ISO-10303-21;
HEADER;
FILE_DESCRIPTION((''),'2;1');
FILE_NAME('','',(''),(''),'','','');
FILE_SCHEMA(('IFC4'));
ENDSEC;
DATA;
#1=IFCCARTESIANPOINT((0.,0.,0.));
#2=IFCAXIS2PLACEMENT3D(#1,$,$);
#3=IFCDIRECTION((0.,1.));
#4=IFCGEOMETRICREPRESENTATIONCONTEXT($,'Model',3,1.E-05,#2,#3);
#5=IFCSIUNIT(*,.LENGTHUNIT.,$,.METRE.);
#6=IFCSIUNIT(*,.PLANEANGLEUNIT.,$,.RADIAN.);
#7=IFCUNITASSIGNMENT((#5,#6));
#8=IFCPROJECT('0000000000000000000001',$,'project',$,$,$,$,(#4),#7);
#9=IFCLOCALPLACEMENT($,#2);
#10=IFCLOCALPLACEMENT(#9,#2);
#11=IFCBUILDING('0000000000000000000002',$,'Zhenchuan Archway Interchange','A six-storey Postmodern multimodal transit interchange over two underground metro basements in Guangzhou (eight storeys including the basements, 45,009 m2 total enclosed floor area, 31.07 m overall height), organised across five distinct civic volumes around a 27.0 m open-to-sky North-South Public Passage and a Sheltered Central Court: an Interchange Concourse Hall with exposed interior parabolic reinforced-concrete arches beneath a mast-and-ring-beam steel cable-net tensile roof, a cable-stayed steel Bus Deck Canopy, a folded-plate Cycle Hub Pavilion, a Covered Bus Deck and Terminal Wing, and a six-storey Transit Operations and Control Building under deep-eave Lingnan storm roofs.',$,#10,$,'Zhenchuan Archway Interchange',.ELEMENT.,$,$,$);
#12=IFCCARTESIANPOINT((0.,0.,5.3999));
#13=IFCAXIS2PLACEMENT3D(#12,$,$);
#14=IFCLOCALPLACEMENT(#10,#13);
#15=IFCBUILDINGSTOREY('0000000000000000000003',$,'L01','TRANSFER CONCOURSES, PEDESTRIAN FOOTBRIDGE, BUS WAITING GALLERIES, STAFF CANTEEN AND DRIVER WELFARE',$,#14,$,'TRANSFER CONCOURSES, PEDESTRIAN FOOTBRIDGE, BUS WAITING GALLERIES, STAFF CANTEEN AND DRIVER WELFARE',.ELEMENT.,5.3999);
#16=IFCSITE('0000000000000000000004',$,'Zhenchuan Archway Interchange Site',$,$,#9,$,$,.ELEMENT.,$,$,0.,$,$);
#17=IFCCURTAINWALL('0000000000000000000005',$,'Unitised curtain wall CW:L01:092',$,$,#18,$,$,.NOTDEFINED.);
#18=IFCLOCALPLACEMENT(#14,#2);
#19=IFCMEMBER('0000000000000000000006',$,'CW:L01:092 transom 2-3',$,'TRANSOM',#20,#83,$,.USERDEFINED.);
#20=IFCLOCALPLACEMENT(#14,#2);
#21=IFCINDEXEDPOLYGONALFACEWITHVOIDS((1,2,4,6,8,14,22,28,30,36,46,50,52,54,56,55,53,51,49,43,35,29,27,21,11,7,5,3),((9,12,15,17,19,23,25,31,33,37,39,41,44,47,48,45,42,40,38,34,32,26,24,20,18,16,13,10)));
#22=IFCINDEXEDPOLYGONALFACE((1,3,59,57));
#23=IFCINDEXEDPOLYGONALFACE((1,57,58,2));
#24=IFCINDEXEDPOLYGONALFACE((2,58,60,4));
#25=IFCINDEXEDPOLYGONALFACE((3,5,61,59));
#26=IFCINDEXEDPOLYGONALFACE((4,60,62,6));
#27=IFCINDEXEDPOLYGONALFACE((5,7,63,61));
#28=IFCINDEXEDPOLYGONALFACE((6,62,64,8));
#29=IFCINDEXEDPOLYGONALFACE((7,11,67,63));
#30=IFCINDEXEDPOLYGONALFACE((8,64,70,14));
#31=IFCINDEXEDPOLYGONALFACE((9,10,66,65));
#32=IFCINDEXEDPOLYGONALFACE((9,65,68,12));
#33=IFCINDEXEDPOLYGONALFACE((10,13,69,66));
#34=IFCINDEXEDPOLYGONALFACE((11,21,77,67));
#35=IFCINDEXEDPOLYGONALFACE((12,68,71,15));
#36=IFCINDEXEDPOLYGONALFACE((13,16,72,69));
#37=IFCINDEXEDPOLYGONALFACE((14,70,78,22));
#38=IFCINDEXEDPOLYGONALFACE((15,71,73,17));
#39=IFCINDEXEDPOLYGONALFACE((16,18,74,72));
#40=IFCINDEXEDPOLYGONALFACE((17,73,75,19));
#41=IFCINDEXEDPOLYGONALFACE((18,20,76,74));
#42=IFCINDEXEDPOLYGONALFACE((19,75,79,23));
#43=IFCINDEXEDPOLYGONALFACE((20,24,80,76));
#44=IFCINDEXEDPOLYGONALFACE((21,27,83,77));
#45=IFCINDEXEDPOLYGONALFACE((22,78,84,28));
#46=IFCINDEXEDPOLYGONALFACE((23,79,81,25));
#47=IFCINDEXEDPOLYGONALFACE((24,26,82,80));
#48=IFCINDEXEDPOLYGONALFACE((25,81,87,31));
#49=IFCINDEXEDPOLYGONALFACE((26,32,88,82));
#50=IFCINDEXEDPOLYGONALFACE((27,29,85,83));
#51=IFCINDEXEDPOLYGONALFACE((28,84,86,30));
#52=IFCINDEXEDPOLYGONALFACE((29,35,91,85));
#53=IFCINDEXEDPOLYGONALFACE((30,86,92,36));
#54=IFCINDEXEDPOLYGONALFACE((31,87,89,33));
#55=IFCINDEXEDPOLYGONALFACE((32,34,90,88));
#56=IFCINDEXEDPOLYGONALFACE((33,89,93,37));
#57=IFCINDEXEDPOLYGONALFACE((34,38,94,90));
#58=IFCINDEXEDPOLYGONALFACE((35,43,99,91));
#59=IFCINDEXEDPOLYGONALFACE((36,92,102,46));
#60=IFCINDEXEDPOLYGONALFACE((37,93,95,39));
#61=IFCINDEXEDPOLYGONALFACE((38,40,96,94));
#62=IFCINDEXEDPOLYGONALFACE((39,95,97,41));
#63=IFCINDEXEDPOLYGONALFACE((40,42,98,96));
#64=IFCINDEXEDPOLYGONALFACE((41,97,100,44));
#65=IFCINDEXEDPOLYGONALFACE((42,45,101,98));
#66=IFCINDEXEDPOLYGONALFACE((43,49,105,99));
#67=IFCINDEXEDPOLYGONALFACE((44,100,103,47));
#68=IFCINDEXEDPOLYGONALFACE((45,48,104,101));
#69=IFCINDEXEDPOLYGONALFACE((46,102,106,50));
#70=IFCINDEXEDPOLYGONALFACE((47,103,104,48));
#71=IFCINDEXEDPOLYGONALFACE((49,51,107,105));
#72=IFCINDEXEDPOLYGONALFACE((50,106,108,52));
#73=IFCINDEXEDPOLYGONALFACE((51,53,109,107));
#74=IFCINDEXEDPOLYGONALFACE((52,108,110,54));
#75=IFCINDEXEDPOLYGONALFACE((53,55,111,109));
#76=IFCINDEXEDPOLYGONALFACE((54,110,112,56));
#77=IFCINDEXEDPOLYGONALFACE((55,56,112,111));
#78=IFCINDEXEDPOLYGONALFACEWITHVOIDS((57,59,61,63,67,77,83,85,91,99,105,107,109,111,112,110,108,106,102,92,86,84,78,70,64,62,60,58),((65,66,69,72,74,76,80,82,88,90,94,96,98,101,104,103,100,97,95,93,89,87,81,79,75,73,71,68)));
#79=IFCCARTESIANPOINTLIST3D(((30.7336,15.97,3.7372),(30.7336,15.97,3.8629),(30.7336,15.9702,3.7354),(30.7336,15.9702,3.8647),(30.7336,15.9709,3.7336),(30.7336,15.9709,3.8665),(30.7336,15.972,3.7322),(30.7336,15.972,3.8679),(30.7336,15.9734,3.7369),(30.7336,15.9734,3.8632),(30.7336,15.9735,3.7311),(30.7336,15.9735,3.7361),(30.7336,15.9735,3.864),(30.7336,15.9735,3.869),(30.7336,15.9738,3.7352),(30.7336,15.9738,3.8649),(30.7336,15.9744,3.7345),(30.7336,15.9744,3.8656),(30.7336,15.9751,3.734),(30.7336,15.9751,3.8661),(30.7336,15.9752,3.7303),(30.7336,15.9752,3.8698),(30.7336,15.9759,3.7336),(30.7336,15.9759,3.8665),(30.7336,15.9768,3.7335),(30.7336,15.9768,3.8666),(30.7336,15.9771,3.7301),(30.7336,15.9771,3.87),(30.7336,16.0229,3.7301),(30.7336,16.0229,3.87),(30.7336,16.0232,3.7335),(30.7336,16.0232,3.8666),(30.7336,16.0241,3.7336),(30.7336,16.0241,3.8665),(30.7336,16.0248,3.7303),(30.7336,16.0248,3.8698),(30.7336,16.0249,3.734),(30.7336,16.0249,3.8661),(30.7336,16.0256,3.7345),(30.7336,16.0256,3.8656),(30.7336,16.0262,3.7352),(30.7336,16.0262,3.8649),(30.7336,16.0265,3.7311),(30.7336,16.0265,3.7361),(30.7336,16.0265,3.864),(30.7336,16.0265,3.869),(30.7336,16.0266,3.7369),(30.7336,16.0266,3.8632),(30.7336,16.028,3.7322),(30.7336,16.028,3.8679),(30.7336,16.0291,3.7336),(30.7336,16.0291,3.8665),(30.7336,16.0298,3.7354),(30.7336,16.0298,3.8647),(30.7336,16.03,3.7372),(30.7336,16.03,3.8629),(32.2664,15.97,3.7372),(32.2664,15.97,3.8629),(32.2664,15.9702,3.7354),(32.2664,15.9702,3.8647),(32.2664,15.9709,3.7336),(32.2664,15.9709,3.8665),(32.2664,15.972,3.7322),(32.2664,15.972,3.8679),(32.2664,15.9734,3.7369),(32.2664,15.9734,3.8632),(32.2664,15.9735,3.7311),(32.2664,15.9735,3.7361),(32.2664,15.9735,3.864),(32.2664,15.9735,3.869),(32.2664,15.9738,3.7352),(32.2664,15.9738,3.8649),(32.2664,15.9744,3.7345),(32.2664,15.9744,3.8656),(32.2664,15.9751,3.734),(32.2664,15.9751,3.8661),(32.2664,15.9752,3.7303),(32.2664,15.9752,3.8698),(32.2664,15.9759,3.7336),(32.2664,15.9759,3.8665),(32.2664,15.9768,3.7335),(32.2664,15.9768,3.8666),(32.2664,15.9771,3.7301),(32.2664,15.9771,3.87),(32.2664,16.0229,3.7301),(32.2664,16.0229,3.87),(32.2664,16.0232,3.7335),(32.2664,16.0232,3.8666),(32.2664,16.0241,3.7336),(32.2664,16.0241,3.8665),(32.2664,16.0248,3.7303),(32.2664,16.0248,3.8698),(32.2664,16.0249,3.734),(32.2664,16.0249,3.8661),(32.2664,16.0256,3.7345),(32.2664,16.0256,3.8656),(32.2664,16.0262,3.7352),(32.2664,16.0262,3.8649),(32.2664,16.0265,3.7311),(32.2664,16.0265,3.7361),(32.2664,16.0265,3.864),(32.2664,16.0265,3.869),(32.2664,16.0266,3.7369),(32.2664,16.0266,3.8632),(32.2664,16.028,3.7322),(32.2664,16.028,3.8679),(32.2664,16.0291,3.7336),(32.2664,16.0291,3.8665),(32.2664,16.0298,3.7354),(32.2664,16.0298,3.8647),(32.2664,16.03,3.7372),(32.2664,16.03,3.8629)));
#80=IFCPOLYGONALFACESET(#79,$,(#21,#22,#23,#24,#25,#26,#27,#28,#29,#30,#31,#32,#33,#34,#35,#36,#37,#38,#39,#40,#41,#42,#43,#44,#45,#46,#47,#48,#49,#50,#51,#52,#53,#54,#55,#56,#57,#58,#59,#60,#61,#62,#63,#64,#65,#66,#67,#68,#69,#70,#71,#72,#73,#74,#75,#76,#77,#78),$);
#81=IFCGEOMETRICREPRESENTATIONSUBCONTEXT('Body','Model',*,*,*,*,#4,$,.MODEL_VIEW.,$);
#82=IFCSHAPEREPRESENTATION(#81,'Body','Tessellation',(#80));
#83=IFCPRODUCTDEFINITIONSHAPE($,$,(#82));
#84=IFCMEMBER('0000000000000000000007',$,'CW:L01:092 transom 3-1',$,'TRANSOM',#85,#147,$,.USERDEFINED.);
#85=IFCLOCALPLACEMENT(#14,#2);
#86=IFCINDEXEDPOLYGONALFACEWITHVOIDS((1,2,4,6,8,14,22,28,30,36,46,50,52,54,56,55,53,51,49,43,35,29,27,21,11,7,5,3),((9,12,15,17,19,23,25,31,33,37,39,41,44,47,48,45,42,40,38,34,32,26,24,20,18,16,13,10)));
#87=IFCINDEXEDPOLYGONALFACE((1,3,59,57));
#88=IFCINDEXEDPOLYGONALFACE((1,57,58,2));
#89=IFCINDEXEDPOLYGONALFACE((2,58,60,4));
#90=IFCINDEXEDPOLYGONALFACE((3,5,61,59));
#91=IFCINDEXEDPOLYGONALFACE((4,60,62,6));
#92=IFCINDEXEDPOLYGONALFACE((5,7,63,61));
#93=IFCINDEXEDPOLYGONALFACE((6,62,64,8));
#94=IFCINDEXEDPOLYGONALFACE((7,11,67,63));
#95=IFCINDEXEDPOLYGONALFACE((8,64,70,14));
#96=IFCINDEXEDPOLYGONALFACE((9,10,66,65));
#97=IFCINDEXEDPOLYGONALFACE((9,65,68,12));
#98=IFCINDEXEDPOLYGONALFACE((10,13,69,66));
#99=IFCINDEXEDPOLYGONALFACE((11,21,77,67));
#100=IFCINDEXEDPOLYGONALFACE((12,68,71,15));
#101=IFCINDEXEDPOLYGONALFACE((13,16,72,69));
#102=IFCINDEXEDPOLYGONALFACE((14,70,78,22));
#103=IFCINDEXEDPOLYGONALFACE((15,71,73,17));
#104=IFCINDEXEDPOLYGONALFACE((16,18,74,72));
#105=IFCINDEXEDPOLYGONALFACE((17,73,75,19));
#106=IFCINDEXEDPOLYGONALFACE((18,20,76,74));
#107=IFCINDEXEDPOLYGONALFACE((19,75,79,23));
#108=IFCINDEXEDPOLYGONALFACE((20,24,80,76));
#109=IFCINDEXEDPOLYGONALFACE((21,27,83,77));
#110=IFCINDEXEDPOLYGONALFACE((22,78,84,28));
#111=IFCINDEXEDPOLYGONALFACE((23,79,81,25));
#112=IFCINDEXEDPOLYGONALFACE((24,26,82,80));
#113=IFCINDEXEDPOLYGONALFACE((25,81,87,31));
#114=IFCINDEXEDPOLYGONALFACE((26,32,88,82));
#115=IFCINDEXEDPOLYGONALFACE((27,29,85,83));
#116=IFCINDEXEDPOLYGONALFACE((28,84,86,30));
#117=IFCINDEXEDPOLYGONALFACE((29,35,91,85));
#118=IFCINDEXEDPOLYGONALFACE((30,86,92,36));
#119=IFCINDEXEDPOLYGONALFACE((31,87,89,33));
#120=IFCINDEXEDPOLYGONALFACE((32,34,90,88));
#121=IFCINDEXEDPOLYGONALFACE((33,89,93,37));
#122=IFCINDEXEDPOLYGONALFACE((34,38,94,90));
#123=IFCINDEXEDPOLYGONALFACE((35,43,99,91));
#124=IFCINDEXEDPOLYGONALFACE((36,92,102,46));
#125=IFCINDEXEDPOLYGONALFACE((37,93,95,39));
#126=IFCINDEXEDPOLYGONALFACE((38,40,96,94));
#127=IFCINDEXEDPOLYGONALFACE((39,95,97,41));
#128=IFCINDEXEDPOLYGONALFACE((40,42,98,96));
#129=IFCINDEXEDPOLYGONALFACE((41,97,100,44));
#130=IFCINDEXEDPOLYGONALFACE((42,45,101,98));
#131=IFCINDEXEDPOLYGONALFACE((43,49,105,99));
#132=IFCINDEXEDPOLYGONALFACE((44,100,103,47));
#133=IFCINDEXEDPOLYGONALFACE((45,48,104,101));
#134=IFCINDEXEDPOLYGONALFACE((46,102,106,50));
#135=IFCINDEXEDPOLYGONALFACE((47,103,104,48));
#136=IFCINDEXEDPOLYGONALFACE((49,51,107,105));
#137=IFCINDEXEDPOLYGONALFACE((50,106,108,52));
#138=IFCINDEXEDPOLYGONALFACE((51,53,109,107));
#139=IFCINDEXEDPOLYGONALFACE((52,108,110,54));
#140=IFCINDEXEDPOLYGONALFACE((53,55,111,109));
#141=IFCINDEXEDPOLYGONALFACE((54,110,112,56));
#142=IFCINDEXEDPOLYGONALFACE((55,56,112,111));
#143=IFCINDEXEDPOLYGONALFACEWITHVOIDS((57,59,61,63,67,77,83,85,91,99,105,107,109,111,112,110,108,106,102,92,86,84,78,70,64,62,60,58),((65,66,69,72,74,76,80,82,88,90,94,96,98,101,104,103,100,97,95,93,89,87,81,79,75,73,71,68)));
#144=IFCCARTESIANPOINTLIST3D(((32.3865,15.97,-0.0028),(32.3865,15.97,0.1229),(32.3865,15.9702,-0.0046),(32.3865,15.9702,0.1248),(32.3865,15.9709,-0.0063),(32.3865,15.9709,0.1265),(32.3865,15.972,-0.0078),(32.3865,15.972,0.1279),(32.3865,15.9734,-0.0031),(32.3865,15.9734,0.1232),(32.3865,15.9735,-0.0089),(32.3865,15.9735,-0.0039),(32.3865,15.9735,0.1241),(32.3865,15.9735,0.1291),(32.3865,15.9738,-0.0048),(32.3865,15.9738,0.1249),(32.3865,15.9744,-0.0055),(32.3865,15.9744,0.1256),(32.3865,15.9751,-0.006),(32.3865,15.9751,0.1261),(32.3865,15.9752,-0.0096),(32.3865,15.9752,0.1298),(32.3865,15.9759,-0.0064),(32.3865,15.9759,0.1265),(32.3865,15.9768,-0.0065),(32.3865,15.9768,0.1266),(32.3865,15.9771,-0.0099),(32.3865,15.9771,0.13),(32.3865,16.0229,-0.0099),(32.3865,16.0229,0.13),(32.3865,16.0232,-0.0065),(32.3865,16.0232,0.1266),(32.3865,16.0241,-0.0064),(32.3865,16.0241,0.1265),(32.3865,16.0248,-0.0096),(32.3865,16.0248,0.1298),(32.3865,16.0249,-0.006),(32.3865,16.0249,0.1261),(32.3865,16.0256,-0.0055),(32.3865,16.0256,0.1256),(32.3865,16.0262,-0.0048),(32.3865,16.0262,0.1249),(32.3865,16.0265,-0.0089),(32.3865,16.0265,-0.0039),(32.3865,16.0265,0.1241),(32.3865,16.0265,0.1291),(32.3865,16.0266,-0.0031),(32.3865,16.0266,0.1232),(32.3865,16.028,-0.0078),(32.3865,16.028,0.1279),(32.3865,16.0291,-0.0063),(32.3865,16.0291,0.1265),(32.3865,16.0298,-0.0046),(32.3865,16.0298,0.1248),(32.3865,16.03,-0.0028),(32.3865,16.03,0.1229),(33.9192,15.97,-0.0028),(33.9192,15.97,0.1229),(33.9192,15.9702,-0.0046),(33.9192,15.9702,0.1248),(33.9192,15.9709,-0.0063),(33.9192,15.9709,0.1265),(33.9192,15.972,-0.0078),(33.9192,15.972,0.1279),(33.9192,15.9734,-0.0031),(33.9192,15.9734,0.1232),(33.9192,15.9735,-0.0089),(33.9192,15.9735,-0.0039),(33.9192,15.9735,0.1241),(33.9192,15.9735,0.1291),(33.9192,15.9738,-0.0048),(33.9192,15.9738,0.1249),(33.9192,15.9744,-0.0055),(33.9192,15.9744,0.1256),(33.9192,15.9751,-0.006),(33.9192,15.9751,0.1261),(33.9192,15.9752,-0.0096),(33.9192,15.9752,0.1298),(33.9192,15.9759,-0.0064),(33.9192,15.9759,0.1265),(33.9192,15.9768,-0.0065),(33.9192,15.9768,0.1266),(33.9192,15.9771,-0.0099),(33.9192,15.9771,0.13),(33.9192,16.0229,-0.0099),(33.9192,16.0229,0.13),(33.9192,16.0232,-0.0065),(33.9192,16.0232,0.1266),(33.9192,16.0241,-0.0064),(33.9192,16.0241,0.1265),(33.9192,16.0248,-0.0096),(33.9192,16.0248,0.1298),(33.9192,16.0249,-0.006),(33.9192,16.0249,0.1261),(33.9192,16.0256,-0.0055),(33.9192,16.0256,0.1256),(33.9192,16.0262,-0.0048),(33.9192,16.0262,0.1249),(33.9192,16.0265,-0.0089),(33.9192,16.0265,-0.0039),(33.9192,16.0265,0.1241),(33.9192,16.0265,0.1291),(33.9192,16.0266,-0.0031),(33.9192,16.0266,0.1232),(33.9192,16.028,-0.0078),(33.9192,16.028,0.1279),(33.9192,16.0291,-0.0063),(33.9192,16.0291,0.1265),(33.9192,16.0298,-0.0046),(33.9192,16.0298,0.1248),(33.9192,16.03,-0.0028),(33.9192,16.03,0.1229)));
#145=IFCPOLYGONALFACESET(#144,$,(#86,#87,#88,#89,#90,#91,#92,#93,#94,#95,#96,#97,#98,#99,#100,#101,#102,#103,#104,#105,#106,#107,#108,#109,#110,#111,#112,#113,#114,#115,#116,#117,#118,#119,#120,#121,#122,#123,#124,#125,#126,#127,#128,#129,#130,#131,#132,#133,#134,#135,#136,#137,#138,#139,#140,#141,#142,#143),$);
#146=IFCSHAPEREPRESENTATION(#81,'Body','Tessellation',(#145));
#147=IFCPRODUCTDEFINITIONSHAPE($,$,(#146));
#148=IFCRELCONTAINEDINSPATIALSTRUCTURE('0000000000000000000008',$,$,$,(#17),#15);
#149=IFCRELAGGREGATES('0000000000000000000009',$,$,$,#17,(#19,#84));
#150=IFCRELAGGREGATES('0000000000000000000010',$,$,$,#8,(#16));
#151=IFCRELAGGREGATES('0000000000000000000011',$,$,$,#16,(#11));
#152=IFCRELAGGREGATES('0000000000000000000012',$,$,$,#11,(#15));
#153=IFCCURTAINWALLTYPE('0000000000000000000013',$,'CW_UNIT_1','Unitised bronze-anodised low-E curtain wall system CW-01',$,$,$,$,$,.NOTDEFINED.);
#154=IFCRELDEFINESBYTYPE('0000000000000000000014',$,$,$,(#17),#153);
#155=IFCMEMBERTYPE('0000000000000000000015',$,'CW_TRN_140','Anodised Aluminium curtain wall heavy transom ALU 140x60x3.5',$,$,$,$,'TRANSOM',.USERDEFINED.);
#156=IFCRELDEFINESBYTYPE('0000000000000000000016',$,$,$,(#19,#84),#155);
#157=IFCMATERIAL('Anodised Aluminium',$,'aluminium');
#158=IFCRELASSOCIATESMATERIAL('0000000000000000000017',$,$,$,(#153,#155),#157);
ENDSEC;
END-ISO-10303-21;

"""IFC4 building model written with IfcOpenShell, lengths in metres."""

from ifc_helpers import new_model, si_unit, direction, frame, origin, origin_2d, place, context, subcontext, project, spatial, hollow_rectangle, extrude, material, material_profile, profile_set, type_object, element, aggregate, save


model = new_model("IFC4")

# Units and contexts
model_context = context("Model", 3, precision=1e-05, world=origin(), true_north=direction((0.0, 1.0)))
body_context = subcontext(model_context, "Body", "Model", "MODEL_VIEW")
ifc_project = project(units=[si_unit("LENGTHUNIT", "METRE"), si_unit("PLANEANGLEUNIT", "RADIAN")], contexts=[model_context])

# Site, building, storey
site_placement = place(None, origin())
site = spatial("IfcSite", under=ifc_project, at=site_placement, Name="Zhenchuan Archway Interchange Site", CompositionType="ELEMENT", RefElevation=0.0)
building_placement = place(site_placement, origin())
building = spatial("IfcBuilding", under=site, at=building_placement, Name="Zhenchuan Archway Interchange", Description="A six-storey Postmodern multimodal transit interchange over two underground metro basements in Guangzhou (eight storeys including the basements, 45,009 m2 total enclosed floor area, 31.07 m overall height), organised across five distinct civic volumes around a 27.0 m open-to-sky North-South Public Passage and a Sheltered Central Court: an Interchange Concourse Hall with exposed interior parabolic reinforced-concrete arches beneath a mast-and-ring-beam steel cable-net tensile roof, a cable-stayed steel Bus Deck Canopy, a folded-plate Cycle Hub Pavilion, a Covered Bus Deck and Terminal Wing, and a six-storey Transit Operations and Control Building under deep-eave Lingnan storm roofs.", LongName="Zhenchuan Archway Interchange", CompositionType="ELEMENT")
storey_placement = place(building_placement, frame((0.0, 0.0, 5.3999)))
storey = spatial("IfcBuildingStorey", under=building, at=storey_placement, Name="L01", Description="TRANSFER CONCOURSES, PEDESTRIAN FOOTBRIDGE, BUS WAITING GALLERIES, STAFF CANTEEN AND DRIVER WELFARE", LongName="TRANSFER CONCOURSES, PEDESTRIAN FOOTBRIDGE, BUS WAITING GALLERIES, STAFF CANTEEN AND DRIVER WELFARE", CompositionType="ELEMENT", Elevation=5.3999)

# Curtain wall, members
ifc_material_1 = material(Name="Anodised Aluminium", Category="aluminium")
curtain_wall_type = type_object("IfcCurtainWallType", Name="CW_UNIT_1", Description="Unitised bronze-anodised low-E curtain wall system CW-01", PredefinedType="NOTDEFINED", material=ifc_material_1)
curtain_wall_placement = place(storey_placement, origin())
curtain_wall = element("IfcCurtainWall", 1, at=curtain_wall_placement, inside=storey, type_object=curtain_wall_type, Name="Unitised curtain wall CW:L01:092", PredefinedType="NOTDEFINED")
ifc_material_profile_1 = material_profile(ifc_material_1, hollow_rectangle(XDim=0.0601, YDim=0.1399, WallThickness=0.0034, InnerFilletRadius=0.0034, OuterFilletRadius=0.0071, at=origin_2d()), Name="ALU 140x60x3.5")
ifc_profile_set_1 = profile_set([ifc_material_profile_1], Name="Anodised Aluminium")
member_type_1 = type_object("IfcMemberType", Name="CW_TRN_140", Description="Anodised Aluminium curtain wall heavy transom ALU 140x60x3.5", ElementType="TRANSOM", PredefinedType="USERDEFINED", material=ifc_profile_set_1)
member_1_placement = place(storey_placement, frame((30.7336, 16.0, 3.8), z_axis=(1.0, 0.0, 0.0), x_axis=(0.0, 1.0, 0.0)))
member_1 = element("IfcMember", 2, at=member_1_placement, type_object=member_type_1, Name="CW:L01:092 transom 2-3", ObjectType="TRANSOM", PredefinedType="USERDEFINED", context=body_context, shape_type="SweptSolid", body=[
    extrude(hollow_rectangle(XDim=0.0601, YDim=0.1399, WallThickness=0.0034, InnerFilletRadius=0.0034, OuterFilletRadius=0.0071, at=origin_2d()), origin(), (0.0, 0.0, 1.0), 1.5327),
])
member_2_placement = place(storey_placement, frame((32.3865, 16.0, 0.0601), z_axis=(1.0, 0.0, 0.0), x_axis=(0.0, 1.0, 0.0)))
member_2 = element("IfcMember", 3, at=member_2_placement, type_object=member_type_1, Name="CW:L01:092 transom 3-1", ObjectType="TRANSOM", PredefinedType="USERDEFINED", context=body_context, shape_type="SweptSolid", body=[
    extrude(hollow_rectangle(XDim=0.0601, YDim=0.1399, WallThickness=0.0034, InnerFilletRadius=0.0034, OuterFilletRadius=0.0071, at=origin_2d()), origin(), (0.0, 0.0, 1.0), 1.5327),
])

aggregate(curtain_wall, [member_1, member_2])

save(model, "model.ifc")
